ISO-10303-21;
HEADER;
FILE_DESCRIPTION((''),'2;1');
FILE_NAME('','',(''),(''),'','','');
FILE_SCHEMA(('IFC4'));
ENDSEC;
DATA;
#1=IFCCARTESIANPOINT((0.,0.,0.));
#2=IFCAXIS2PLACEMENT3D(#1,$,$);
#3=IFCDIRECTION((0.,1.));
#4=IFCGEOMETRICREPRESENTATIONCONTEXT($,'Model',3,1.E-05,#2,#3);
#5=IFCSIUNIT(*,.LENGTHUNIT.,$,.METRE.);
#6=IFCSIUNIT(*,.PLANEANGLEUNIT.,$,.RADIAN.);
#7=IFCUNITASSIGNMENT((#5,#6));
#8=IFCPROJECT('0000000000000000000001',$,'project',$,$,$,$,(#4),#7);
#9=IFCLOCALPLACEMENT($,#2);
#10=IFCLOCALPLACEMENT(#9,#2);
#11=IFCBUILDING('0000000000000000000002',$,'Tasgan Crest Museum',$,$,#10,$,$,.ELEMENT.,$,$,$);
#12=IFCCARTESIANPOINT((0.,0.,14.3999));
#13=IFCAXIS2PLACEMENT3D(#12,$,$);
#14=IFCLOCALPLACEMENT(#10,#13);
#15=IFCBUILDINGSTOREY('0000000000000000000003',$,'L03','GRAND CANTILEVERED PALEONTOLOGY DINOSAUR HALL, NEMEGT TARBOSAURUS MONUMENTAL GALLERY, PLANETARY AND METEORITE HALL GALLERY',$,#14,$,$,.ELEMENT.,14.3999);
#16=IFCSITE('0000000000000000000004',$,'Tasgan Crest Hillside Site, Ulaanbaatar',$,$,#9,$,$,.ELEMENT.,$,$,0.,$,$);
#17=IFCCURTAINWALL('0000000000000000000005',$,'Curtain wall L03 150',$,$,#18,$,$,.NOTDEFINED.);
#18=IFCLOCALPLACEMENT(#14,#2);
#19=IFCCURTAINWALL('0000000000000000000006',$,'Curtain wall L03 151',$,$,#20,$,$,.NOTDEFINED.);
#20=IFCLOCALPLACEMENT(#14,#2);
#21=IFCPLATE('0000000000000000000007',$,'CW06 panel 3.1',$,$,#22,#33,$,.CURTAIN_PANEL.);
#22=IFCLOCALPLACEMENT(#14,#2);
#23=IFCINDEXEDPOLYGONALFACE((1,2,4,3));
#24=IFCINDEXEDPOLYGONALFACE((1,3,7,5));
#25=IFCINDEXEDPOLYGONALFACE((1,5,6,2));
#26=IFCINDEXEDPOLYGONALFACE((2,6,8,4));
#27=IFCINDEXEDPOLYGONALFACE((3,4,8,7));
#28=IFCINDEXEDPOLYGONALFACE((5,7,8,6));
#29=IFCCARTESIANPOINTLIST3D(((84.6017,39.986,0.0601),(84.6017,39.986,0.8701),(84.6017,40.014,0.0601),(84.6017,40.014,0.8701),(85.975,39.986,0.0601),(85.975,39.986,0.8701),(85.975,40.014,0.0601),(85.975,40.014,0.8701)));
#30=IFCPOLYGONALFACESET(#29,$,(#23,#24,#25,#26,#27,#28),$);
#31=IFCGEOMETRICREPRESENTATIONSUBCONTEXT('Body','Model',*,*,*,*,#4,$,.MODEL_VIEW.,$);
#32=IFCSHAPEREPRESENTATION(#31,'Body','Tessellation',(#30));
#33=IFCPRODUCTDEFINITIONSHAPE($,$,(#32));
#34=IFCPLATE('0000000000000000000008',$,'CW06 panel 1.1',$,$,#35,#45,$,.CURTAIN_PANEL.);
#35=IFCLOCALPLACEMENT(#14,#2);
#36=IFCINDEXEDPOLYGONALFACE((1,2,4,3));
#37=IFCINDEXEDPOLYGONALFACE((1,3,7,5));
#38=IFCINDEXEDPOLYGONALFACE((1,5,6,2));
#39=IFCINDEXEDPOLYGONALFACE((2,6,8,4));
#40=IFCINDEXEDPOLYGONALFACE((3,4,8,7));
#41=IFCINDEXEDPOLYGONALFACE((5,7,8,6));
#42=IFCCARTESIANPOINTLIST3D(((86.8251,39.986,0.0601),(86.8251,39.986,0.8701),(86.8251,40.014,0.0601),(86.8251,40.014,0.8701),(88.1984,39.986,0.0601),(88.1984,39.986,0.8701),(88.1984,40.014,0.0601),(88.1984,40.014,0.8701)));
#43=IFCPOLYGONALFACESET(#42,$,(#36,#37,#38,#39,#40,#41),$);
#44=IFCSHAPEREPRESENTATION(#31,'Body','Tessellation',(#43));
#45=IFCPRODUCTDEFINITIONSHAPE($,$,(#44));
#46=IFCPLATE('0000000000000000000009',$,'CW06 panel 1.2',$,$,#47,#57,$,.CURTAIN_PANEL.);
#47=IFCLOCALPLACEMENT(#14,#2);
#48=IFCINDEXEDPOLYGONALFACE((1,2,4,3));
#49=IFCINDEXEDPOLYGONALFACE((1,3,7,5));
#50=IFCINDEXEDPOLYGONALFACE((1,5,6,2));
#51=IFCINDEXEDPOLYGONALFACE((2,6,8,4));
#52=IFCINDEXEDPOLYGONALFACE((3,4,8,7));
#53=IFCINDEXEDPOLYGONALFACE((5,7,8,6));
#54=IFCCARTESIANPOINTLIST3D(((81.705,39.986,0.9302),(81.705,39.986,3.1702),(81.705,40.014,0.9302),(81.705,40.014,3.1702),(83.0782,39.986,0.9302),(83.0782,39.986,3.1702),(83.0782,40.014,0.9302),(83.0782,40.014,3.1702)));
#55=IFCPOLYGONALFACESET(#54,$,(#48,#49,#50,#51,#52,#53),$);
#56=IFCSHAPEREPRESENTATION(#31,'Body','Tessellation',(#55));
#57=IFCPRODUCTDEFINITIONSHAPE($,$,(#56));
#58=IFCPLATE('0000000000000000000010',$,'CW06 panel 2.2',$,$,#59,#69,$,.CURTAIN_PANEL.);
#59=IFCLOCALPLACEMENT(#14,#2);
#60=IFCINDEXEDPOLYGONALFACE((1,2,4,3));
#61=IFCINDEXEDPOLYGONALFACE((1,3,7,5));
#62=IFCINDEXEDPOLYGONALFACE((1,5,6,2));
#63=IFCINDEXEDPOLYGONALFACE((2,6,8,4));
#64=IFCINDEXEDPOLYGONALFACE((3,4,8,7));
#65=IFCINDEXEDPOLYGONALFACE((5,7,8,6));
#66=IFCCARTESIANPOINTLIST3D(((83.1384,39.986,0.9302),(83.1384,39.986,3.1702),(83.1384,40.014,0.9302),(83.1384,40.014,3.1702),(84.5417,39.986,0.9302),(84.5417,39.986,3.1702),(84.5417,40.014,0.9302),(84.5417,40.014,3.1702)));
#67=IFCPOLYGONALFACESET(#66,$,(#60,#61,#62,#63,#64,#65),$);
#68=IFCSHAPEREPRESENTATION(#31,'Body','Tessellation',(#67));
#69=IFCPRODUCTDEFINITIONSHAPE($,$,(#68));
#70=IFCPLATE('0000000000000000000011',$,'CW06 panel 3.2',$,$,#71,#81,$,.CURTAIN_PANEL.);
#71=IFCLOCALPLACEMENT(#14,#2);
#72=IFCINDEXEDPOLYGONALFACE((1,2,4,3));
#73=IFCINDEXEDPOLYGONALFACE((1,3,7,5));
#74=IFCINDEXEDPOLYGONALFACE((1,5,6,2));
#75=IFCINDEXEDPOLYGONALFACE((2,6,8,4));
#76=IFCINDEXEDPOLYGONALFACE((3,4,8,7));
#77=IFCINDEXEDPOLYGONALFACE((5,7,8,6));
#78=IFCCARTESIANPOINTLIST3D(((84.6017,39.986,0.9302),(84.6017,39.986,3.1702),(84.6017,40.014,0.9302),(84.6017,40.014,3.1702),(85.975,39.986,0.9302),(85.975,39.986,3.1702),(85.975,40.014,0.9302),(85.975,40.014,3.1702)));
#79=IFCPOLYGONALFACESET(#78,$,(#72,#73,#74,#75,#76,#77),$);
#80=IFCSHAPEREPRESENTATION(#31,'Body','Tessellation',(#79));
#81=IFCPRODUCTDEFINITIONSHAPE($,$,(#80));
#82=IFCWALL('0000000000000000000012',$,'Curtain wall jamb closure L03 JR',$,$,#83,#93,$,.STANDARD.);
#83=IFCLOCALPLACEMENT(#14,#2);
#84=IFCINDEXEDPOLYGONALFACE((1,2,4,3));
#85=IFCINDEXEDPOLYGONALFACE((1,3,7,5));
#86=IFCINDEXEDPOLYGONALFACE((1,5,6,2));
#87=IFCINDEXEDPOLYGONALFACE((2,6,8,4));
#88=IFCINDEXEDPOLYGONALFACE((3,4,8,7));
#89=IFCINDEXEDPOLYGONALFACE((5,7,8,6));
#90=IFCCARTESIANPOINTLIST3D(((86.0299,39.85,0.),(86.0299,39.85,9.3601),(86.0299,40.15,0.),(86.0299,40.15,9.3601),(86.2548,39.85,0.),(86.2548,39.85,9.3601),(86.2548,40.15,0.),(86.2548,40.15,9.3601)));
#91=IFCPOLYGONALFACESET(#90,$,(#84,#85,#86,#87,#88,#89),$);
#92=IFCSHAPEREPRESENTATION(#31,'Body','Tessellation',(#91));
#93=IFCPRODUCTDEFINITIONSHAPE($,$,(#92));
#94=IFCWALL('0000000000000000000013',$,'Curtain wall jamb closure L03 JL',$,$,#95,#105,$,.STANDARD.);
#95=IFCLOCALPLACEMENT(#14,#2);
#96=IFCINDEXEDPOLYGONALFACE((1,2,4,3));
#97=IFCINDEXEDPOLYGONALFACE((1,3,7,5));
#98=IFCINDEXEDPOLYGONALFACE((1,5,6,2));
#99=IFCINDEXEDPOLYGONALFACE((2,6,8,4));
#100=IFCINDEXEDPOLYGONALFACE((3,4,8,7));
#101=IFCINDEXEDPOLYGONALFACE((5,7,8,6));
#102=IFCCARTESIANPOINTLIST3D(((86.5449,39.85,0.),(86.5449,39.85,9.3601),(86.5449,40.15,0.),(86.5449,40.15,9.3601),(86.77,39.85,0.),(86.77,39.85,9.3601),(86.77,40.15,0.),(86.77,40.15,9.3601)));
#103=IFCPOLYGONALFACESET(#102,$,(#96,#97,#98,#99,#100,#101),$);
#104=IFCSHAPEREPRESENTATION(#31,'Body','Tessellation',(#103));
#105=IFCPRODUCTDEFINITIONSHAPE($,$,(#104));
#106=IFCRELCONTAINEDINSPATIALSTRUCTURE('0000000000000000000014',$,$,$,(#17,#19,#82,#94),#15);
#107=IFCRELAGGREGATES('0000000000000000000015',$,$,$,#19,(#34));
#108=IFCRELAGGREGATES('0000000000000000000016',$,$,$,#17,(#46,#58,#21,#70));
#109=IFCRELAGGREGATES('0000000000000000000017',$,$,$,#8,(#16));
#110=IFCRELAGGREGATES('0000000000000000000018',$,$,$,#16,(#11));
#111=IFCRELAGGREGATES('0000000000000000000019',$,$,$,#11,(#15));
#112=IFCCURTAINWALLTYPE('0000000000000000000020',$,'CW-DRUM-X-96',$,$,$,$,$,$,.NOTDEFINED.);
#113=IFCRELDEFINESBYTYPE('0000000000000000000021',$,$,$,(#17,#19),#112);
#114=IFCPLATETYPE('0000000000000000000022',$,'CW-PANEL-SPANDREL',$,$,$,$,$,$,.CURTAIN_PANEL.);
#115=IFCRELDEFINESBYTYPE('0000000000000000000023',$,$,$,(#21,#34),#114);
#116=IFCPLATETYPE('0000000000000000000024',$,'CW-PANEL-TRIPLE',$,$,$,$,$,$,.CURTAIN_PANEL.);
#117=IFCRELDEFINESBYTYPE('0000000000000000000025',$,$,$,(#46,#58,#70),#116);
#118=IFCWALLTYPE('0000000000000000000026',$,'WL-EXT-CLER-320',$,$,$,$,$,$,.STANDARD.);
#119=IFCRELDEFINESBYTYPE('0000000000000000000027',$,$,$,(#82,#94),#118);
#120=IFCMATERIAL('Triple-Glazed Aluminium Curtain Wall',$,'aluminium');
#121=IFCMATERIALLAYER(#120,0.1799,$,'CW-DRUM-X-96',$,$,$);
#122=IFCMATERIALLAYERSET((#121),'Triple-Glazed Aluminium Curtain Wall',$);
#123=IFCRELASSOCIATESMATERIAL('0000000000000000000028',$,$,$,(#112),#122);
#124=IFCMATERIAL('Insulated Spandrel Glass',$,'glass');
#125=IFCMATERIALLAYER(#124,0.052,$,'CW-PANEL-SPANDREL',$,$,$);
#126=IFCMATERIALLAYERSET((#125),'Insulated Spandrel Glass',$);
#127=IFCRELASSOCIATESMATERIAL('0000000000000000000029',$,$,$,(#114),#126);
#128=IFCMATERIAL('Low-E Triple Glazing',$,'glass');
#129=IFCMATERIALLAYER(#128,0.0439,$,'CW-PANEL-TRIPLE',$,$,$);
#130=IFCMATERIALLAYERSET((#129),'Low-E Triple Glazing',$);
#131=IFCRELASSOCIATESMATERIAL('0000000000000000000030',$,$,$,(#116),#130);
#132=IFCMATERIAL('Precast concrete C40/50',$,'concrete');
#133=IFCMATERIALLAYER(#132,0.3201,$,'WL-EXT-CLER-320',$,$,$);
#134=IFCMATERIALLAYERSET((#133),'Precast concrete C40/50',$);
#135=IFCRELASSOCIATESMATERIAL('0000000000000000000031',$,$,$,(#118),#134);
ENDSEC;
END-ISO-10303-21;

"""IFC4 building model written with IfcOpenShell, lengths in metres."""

from ifc_helpers import new_model, si_unit, direction, frame, frame_2d, origin, origin_2d, place, context, subcontext, project, spatial, rectangle, extrude, material, layer, layer_set, type_object, element, aggregate, save


model = new_model("IFC4")

# Units and contexts
model_context = context("Model", 3, precision=1e-05, world=origin(), true_north=direction((0.0, 1.0)))
body_context = subcontext(model_context, "Body", "Model", "MODEL_VIEW")
ifc_project = project(units=[si_unit("LENGTHUNIT", "METRE"), si_unit("PLANEANGLEUNIT", "RADIAN")], contexts=[model_context])

# Site, building, storey
site_placement = place(None, origin())
site = spatial("IfcSite", under=ifc_project, at=site_placement, Name="Tasgan Crest Hillside Site, Ulaanbaatar", CompositionType="ELEMENT", RefElevation=0.0)
building_placement = place(site_placement, origin())
building = spatial("IfcBuilding", under=site, at=building_placement, Name="Tasgan Crest Museum", CompositionType="ELEMENT")
storey_placement = place(building_placement, frame((0.0, 0.0, 14.3999)))
storey = spatial("IfcBuildingStorey", under=building, at=storey_placement, Name="L03", Description="GRAND CANTILEVERED PALEONTOLOGY DINOSAUR HALL, NEMEGT TARBOSAURUS MONUMENTAL GALLERY, PLANETARY AND METEORITE HALL GALLERY", CompositionType="ELEMENT", Elevation=14.3999)

# Curtain wall
ifc_material_1 = material(Name="Triple-Glazed Aluminium Curtain Wall", Category="aluminium")
ifc_layer_1 = layer(ifc_material_1, 0.1799, Name="CW-DRUM-X-96")
ifc_layer_set_1 = layer_set([ifc_layer_1], Name="Triple-Glazed Aluminium Curtain Wall")
curtain_wall_type = type_object("IfcCurtainWallType", Name="CW-DRUM-X-96", PredefinedType="NOTDEFINED", material=ifc_layer_set_1)
curtain_wall_1_placement = place(storey_placement, origin())
curtain_wall_1 = element("IfcCurtainWall", 1, at=curtain_wall_1_placement, inside=storey, type_object=curtain_wall_type, Name="Curtain wall L03 150", PredefinedType="NOTDEFINED")

# Curtain wall
curtain_wall_2_placement = place(storey_placement, origin())
curtain_wall_2 = element("IfcCurtainWall", 2, at=curtain_wall_2_placement, inside=storey, type_object=curtain_wall_type, Name="Curtain wall L03 151", PredefinedType="NOTDEFINED")

# Plates
ifc_material_2 = material(Name="Insulated Spandrel Glass", Category="glass")
ifc_layer_2 = layer(ifc_material_2, 0.052, Name="CW-PANEL-SPANDREL")
ifc_layer_set_2 = layer_set([ifc_layer_2], Name="Insulated Spandrel Glass")
plate_type_1 = type_object("IfcPlateType", Name="CW-PANEL-SPANDREL", PredefinedType="CURTAIN_PANEL", material=ifc_layer_set_2)
plate_1_placement = place(storey_placement, frame((85.2883, 40.0, 0.0601), z_axis=(0.0, 0.0, 1.0), x_axis=(1.0, 0.0, 0.0)))
plate_1 = element("IfcPlate", 3, at=plate_1_placement, type_object=plate_type_1, Name="CW06 panel 3.1", PredefinedType="CURTAIN_PANEL", context=body_context, shape_type="SweptSolid", body=[
    extrude(rectangle(XDim=1.3733, YDim=0.0281, at=origin_2d()), origin(), (0.0, 0.0, 1.0), 0.8101),
])
plate_2_placement = place(storey_placement, frame((87.5117, 40.0, 0.0601), z_axis=(0.0, 0.0, 1.0), x_axis=(1.0, 0.0, 0.0)))
plate_2 = element("IfcPlate", 4, at=plate_2_placement, type_object=plate_type_1, Name="CW06 panel 1.1", PredefinedType="CURTAIN_PANEL", context=body_context, shape_type="SweptSolid", body=[
    extrude(rectangle(XDim=1.3733, YDim=0.0281, at=origin_2d()), origin(), (0.0, 0.0, 1.0), 0.8101),
])
aggregate(curtain_wall_2, [plate_2])
ifc_material_3 = material(Name="Low-E Triple Glazing", Category="glass")
ifc_layer_3 = layer(ifc_material_3, 0.0439, Name="CW-PANEL-TRIPLE")
ifc_layer_set_3 = layer_set([ifc_layer_3], Name="Low-E Triple Glazing")
plate_type_2 = type_object("IfcPlateType", Name="CW-PANEL-TRIPLE", PredefinedType="CURTAIN_PANEL", material=ifc_layer_set_3)
plate_3_placement = place(storey_placement, frame((82.3916, 40.0, 0.9302), z_axis=(0.0, 0.0, 1.0), x_axis=(1.0, 0.0, 0.0)))
plate_3 = element("IfcPlate", 5, at=plate_3_placement, type_object=plate_type_2, Name="CW06 panel 1.2", PredefinedType="CURTAIN_PANEL", context=body_context, shape_type="SweptSolid", body=[
    extrude(rectangle(XDim=1.3733, YDim=0.0281, at=origin_2d()), origin(), (0.0, 0.0, 1.0), 2.24),
])
plate_4_placement = place(storey_placement, frame((83.8401, 40.0, 0.9302), z_axis=(0.0, 0.0, 1.0), x_axis=(1.0, 0.0, 0.0)))
plate_4 = element("IfcPlate", 6, at=plate_4_placement, type_object=plate_type_2, Name="CW06 panel 2.2", PredefinedType="CURTAIN_PANEL", context=body_context, shape_type="SweptSolid", body=[
    extrude(rectangle(XDim=1.4033, YDim=0.0281, at=origin_2d()), origin(), (0.0, 0.0, 1.0), 2.24),
])
plate_5_placement = place(storey_placement, frame((85.2883, 40.0, 0.9302), z_axis=(0.0, 0.0, 1.0), x_axis=(1.0, 0.0, 0.0)))
plate_5 = element("IfcPlate", 7, at=plate_5_placement, type_object=plate_type_2, Name="CW06 panel 3.2", PredefinedType="CURTAIN_PANEL", context=body_context, shape_type="SweptSolid", body=[
    extrude(rectangle(XDim=1.3733, YDim=0.0281, at=origin_2d()), origin(), (0.0, 0.0, 1.0), 2.24),
])
aggregate(curtain_wall_1, [plate_3, plate_4, plate_1, plate_5])

# Walls
ifc_material_4 = material(Name="Precast concrete C40/50", Category="concrete")
ifc_layer_4 = layer(ifc_material_4, 0.3201, Name="WL-EXT-CLER-320")
ifc_layer_set_4 = layer_set([ifc_layer_4], Name="Precast concrete C40/50")
wall_type = type_object("IfcWallType", Name="WL-EXT-CLER-320", PredefinedType="STANDARD", material=ifc_layer_set_4)
wall_1_placement = place(storey_placement, frame((86.03, 40.0, 0.0), z_axis=(0.0, 0.0, 1.0), x_axis=(1.0, 0.0, 0.0)))
element("IfcWall", 8, at=wall_1_placement, inside=storey, type_object=wall_type, Name="Curtain wall jamb closure L03 JR", PredefinedType="STANDARD", context=body_context, shape_type="SweptSolid", body=[
    extrude(rectangle(XDim=0.2249, YDim=0.3, at=frame_2d((0.1123, 0.0))), origin(), (0.0, 0.0, 1.0), 9.3601),
])
wall_2_placement = place(storey_placement, frame((86.5449, 40.0, 0.0), z_axis=(0.0, 0.0, 1.0), x_axis=(1.0, 0.0, 0.0)))
element("IfcWall", 9, at=wall_2_placement, inside=storey, type_object=wall_type, Name="Curtain wall jamb closure L03 JL", PredefinedType="STANDARD", context=body_context, shape_type="SweptSolid", body=[
    extrude(rectangle(XDim=0.2251, YDim=0.3, at=frame_2d((0.1125, 0.0))), origin(), (0.0, 0.0, 1.0), 9.3601),
])

save(model, "model.ifc")
